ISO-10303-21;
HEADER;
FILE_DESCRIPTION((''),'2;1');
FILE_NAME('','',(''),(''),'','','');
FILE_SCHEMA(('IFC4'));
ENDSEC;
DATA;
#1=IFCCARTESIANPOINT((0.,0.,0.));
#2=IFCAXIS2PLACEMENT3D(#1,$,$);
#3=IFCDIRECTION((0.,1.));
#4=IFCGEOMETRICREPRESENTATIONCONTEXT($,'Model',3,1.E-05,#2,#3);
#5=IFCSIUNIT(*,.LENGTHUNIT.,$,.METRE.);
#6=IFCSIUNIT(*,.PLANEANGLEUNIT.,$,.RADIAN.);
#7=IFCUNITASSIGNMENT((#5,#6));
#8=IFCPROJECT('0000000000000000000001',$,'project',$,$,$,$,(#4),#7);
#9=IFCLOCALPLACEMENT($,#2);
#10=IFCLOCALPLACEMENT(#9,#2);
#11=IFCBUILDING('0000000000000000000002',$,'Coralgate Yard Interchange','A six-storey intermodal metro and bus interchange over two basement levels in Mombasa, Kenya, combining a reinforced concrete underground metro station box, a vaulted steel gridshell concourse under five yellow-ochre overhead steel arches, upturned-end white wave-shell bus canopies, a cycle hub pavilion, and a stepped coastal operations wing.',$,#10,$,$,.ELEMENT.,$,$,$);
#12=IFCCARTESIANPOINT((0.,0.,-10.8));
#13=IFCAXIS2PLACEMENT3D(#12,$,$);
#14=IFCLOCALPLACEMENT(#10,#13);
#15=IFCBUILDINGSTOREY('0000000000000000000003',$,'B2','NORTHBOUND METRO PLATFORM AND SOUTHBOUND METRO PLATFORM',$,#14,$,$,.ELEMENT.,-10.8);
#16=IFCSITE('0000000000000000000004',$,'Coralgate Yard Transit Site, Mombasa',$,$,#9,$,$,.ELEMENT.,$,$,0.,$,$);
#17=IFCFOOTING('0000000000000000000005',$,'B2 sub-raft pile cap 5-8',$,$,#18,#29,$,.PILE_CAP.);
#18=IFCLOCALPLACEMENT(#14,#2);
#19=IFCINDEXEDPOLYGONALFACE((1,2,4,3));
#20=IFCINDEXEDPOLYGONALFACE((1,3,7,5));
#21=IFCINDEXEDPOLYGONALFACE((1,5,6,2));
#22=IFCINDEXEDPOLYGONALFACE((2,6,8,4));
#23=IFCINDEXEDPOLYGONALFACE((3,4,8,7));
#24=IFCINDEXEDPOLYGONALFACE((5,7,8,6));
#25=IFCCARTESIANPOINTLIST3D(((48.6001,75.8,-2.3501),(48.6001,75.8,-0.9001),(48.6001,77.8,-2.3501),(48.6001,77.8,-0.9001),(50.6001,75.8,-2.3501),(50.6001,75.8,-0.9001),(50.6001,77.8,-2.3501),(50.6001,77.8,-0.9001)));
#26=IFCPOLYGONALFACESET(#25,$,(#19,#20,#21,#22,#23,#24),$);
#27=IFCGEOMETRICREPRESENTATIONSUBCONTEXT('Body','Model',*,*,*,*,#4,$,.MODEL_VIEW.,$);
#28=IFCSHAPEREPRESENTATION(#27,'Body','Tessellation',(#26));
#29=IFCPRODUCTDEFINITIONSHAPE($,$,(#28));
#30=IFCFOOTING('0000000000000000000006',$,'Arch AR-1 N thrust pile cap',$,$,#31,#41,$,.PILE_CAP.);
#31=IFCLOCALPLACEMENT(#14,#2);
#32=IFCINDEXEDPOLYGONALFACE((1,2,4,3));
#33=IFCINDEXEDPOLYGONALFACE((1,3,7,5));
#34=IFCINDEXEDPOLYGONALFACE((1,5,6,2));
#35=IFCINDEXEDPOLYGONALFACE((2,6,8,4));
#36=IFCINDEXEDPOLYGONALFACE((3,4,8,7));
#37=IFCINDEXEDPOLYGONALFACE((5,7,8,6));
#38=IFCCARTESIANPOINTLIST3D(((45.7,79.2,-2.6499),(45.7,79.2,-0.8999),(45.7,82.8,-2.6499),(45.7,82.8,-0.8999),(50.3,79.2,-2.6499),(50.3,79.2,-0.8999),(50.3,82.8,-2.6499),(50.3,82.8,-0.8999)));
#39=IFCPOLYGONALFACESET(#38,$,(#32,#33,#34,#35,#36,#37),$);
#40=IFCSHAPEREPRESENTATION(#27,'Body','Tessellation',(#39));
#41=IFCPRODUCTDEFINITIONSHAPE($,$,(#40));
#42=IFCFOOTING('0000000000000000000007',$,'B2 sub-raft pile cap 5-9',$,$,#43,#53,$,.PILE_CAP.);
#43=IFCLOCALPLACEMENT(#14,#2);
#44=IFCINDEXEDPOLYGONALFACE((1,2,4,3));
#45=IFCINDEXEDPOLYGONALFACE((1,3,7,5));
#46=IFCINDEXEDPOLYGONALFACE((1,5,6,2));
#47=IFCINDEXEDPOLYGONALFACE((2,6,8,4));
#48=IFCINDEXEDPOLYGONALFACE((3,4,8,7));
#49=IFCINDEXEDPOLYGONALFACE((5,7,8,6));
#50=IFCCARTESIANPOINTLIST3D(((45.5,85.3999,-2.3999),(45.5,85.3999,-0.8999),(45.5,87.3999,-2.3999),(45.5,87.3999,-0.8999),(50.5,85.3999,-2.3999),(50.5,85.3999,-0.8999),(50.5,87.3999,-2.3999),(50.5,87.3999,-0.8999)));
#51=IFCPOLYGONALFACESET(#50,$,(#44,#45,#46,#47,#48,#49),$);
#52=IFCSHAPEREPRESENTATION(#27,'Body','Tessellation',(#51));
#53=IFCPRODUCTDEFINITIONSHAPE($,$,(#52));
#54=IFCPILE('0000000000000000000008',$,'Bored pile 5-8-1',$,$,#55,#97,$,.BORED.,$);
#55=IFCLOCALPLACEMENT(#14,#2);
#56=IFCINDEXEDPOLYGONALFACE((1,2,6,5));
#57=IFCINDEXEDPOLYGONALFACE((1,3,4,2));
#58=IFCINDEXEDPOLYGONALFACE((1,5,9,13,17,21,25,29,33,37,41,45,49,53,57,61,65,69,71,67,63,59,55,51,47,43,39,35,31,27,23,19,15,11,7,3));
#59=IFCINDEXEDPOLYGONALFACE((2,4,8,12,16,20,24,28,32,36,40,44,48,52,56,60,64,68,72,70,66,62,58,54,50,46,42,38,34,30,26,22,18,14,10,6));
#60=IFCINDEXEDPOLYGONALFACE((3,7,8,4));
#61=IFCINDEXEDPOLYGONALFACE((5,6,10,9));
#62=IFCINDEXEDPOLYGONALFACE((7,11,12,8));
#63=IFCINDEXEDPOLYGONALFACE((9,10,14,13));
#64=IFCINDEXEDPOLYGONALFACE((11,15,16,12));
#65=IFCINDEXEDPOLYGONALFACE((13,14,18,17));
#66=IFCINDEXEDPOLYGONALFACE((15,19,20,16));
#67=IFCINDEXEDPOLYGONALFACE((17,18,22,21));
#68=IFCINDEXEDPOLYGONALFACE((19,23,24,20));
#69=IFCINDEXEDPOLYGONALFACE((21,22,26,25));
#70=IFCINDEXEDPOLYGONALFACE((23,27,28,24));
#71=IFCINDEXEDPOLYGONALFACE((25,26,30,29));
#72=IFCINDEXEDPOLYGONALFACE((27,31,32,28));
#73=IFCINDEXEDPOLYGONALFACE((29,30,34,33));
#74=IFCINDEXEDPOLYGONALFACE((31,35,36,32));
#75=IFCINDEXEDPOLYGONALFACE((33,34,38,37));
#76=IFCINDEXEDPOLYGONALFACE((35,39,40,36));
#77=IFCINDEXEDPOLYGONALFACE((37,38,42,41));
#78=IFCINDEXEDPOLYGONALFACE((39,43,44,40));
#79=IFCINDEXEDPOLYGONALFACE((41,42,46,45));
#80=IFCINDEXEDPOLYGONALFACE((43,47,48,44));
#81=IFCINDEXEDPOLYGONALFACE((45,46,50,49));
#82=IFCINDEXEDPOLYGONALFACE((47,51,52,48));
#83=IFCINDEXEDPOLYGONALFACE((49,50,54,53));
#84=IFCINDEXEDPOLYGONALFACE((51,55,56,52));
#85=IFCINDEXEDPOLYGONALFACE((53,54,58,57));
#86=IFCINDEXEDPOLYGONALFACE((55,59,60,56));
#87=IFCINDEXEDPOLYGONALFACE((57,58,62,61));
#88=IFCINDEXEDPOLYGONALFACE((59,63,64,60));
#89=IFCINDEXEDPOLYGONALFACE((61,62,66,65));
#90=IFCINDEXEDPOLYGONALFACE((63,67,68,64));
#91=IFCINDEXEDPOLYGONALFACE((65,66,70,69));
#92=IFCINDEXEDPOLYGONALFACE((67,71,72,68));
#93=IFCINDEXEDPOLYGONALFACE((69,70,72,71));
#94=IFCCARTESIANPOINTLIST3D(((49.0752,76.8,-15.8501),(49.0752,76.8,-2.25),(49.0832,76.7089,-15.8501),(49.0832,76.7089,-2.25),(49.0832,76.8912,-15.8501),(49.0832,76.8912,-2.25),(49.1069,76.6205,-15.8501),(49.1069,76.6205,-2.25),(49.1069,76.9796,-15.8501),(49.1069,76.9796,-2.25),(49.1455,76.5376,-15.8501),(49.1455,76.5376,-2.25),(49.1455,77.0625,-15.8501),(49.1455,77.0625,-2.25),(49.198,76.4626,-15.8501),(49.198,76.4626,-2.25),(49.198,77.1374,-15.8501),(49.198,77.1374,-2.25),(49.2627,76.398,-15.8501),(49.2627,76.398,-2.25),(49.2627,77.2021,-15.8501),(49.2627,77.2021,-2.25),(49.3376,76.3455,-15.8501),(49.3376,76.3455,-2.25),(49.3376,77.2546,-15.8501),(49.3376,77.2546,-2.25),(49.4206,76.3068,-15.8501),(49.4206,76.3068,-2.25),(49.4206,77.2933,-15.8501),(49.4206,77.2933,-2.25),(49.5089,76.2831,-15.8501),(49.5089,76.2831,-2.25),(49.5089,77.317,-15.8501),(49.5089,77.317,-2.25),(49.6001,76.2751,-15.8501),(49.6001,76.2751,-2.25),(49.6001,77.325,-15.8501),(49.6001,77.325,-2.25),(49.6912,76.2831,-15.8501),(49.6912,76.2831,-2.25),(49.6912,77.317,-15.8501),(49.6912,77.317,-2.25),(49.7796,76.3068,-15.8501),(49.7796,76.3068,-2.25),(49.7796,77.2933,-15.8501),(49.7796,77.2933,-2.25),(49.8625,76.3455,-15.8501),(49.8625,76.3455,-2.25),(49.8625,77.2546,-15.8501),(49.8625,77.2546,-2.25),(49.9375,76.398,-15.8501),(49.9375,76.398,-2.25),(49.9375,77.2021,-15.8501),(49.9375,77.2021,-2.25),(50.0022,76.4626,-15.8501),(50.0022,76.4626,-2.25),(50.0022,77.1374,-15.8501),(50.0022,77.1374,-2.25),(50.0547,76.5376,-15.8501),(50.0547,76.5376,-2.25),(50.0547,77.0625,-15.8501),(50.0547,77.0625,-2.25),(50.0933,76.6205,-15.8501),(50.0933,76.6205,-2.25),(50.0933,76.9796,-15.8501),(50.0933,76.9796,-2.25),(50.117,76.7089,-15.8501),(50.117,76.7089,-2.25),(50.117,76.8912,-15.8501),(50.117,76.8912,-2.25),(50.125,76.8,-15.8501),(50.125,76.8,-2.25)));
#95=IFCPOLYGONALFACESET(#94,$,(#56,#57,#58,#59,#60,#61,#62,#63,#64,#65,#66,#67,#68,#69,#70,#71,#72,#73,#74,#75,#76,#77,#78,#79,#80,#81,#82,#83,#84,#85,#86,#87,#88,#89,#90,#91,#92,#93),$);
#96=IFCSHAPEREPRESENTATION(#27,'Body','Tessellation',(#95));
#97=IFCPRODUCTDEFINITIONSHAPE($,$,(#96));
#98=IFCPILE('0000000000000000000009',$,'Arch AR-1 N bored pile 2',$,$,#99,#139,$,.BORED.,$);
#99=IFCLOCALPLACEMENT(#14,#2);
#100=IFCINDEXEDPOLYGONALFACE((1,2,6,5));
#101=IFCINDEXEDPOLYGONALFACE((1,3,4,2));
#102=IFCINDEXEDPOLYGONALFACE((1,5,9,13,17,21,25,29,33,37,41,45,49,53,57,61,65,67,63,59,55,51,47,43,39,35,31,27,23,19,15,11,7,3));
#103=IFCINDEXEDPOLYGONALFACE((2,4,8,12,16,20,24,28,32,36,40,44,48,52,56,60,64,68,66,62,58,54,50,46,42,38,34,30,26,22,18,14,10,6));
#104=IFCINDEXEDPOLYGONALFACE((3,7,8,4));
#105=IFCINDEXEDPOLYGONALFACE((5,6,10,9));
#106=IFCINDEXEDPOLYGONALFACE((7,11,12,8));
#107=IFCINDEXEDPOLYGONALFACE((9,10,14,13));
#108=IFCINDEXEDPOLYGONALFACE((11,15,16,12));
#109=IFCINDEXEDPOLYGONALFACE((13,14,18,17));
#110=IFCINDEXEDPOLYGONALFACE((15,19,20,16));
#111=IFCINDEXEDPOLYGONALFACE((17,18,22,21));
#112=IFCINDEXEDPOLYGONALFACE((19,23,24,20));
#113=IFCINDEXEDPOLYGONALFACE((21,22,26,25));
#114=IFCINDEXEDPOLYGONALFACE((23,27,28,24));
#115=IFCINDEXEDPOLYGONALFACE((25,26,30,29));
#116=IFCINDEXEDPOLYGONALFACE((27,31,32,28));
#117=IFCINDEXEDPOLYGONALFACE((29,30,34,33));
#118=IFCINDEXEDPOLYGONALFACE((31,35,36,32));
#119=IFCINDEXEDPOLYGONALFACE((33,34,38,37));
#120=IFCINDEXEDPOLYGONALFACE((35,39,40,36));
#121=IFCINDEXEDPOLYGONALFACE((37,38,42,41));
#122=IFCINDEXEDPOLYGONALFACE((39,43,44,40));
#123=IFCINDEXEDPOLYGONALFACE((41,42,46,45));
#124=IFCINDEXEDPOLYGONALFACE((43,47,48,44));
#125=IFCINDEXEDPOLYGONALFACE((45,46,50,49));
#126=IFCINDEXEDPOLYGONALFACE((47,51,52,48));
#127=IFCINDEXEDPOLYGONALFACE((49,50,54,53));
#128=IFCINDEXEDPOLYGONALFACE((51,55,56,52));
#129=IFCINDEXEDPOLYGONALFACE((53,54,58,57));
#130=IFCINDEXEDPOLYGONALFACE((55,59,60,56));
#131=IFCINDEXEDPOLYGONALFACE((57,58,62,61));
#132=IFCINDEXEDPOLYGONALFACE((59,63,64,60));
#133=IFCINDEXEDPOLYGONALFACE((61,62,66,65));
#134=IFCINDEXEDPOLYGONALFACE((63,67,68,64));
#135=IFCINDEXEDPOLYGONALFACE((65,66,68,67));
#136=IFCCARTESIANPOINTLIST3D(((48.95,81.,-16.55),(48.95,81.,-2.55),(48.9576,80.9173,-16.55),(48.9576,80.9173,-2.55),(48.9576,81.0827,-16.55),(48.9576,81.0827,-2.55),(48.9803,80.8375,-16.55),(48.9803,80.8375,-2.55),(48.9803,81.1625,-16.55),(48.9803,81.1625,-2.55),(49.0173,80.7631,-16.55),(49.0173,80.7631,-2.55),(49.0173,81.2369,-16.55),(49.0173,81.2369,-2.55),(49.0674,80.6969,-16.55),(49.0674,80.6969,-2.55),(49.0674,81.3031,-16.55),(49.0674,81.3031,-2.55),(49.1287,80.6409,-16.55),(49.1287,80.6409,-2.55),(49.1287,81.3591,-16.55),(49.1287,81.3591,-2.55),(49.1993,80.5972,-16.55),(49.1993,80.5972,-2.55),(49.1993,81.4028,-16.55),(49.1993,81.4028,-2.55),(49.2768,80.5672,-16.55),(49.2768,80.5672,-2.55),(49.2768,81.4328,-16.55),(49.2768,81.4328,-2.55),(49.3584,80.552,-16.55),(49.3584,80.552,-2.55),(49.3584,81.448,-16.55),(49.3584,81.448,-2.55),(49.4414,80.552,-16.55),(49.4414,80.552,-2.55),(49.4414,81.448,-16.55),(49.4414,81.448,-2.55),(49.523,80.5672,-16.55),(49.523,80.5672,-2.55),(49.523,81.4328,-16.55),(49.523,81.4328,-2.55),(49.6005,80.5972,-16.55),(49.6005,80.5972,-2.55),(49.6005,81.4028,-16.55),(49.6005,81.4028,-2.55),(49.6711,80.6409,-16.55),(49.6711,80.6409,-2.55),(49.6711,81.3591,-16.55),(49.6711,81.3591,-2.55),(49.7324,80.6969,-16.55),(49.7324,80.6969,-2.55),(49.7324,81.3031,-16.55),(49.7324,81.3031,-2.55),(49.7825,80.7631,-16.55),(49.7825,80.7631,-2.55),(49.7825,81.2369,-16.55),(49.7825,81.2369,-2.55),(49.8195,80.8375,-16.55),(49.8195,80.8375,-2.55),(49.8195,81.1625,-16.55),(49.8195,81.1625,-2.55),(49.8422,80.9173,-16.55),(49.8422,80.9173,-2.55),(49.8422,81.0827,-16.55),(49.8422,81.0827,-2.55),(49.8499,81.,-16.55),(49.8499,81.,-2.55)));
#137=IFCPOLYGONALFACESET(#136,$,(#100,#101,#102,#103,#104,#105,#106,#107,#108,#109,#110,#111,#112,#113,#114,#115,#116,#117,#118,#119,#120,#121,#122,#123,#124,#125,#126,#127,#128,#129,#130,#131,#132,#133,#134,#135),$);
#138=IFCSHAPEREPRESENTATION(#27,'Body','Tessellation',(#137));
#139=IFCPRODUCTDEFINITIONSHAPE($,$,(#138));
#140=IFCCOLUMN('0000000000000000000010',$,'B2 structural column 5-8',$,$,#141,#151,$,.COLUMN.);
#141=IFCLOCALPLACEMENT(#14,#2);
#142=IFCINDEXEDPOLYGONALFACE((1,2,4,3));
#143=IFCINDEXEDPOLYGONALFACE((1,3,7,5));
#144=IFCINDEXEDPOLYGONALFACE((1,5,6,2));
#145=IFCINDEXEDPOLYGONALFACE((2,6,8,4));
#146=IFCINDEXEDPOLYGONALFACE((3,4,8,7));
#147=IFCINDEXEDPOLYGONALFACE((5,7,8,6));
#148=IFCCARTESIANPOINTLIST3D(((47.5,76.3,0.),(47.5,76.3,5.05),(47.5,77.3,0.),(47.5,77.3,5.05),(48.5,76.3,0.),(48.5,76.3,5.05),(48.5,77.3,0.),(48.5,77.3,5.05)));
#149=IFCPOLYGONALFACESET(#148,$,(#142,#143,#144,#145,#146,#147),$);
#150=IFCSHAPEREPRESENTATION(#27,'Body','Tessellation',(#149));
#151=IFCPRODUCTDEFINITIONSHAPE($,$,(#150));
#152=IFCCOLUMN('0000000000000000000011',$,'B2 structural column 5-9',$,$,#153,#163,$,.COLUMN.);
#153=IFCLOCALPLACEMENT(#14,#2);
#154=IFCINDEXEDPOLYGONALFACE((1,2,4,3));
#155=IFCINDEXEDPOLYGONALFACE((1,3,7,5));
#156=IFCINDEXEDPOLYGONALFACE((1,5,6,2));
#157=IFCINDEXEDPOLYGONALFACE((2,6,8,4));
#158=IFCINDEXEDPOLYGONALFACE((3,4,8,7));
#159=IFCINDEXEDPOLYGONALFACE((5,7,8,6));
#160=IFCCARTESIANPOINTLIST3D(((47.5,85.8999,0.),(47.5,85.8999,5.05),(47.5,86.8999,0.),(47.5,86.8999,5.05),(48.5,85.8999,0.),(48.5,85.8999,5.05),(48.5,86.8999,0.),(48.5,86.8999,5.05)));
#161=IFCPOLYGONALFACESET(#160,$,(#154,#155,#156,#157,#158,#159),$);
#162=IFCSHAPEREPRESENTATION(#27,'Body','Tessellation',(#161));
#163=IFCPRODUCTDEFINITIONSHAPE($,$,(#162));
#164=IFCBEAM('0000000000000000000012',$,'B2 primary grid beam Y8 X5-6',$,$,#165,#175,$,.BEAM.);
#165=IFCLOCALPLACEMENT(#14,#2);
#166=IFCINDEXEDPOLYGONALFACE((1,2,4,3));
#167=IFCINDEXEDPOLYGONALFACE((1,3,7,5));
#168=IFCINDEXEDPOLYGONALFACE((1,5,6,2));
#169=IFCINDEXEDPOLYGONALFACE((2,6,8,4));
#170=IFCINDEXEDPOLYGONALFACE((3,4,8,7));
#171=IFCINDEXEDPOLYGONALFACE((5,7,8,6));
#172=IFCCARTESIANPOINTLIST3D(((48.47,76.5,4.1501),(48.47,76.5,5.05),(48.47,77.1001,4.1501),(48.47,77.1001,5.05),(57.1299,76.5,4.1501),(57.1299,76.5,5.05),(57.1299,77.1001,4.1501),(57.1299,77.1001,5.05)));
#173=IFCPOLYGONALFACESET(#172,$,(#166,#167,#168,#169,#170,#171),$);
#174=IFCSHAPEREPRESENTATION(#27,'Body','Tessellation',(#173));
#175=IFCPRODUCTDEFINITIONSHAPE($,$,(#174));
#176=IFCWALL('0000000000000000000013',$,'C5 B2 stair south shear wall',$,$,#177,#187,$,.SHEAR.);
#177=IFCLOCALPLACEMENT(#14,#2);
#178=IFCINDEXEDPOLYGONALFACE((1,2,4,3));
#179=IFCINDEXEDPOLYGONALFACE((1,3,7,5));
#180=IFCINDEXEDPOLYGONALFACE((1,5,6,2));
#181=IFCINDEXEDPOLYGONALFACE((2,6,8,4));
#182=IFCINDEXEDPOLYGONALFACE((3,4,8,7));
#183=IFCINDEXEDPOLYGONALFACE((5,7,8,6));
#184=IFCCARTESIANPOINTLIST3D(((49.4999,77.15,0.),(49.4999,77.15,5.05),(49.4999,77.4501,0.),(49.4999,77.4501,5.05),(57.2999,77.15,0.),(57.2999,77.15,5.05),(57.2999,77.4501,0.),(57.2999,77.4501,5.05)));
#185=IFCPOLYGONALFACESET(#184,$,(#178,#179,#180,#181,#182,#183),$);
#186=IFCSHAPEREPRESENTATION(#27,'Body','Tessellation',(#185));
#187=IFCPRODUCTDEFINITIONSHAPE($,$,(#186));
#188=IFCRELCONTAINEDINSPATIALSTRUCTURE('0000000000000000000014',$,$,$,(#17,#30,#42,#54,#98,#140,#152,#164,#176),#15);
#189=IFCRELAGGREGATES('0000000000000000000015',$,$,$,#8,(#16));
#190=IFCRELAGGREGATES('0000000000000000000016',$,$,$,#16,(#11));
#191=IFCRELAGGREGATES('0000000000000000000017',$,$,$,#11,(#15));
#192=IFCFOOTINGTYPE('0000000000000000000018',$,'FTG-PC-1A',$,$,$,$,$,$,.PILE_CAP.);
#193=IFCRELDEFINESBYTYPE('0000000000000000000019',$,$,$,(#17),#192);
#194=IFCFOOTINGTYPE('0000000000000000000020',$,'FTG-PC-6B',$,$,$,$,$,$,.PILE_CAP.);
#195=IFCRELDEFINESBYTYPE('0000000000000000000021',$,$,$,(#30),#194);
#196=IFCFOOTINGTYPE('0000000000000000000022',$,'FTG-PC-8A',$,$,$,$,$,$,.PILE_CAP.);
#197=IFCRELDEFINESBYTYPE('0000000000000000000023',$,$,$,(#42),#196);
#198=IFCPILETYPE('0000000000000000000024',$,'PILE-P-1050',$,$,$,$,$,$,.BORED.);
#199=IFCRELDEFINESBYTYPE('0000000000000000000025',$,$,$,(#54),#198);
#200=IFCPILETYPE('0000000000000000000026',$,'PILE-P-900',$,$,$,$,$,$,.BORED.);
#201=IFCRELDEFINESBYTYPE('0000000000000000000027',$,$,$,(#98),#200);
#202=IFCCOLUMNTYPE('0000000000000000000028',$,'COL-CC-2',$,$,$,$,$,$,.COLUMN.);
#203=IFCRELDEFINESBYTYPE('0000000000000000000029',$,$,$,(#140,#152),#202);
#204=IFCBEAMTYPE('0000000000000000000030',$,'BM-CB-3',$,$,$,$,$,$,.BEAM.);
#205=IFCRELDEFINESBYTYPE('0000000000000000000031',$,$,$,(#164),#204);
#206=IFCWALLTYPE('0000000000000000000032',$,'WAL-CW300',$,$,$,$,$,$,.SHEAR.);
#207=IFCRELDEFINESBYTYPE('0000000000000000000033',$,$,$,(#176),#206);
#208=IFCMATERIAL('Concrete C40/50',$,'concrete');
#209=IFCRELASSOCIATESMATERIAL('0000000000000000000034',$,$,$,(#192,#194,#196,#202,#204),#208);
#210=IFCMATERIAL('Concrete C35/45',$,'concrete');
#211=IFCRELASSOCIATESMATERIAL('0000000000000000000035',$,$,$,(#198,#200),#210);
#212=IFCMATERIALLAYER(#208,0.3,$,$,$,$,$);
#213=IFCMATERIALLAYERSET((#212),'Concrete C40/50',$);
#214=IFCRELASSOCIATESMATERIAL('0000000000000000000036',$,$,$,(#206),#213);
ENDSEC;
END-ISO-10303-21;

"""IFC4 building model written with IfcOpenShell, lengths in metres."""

from ifc_helpers import new_model, si_unit, direction, frame, frame_2d, origin, origin_2d, place, context, subcontext, project, spatial, rectangle, circle, extrude, material, layer, layer_set, material_profile, profile_set, type_object, element, save


model = new_model("IFC4")

# Units and contexts
model_context = context("Model", 3, precision=1e-05, world=origin(), true_north=direction((0.0, 1.0)))
body_context = subcontext(model_context, "Body", "Model", "MODEL_VIEW")
ifc_project = project(units=[si_unit("LENGTHUNIT", "METRE"), si_unit("PLANEANGLEUNIT", "RADIAN")], contexts=[model_context])

# Site, building, storey
site_placement = place(None, origin())
site = spatial("IfcSite", under=ifc_project, at=site_placement, Name="Coralgate Yard Transit Site, Mombasa", CompositionType="ELEMENT", RefElevation=0.0)
building_placement = place(site_placement, origin())
building = spatial("IfcBuilding", under=site, at=building_placement, Name="Coralgate Yard Interchange", Description="A six-storey intermodal metro and bus interchange over two basement levels in Mombasa, Kenya, combining a reinforced concrete underground metro station box, a vaulted steel gridshell concourse under five yellow-ochre overhead steel arches, upturned-end white wave-shell bus canopies, a cycle hub pavilion, and a stepped coastal operations wing.", CompositionType="ELEMENT")
storey_placement = place(building_placement, frame((0.0, 0.0, -10.8)))
storey = spatial("IfcBuildingStorey", under=building, at=storey_placement, Name="B2", Description="NORTHBOUND METRO PLATFORM AND SOUTHBOUND METRO PLATFORM", CompositionType="ELEMENT", Elevation=-10.8)

# Footings
ifc_material_1 = material(Name="Concrete C40/50", Category="concrete")
footing_type_1 = type_object("IfcFootingType", Name="FTG-PC-1A", PredefinedType="PILE_CAP", material=ifc_material_1)
footing_1_placement = place(storey_placement, frame((49.6001, 76.8, -2.3501), z_axis=(0.0, 0.0, 1.0), x_axis=(1.0, 0.0, 0.0)))
element("IfcFooting", 1, at=footing_1_placement, inside=storey, type_object=footing_type_1, Name="B2 sub-raft pile cap 5-8", PredefinedType="PILE_CAP", context=body_context, shape_type="SweptSolid", body=[
    extrude(rectangle(XDim=2.0, YDim=2.0, at=origin_2d()), origin(), (0.0, 0.0, 1.0), 1.45),
])
footing_type_2 = type_object("IfcFootingType", Name="FTG-PC-6B", PredefinedType="PILE_CAP", material=ifc_material_1)
footing_2_placement = place(storey_placement, frame((48.0, 81.0, -2.6499), z_axis=(0.0, 0.0, 1.0), x_axis=(1.0, 0.0, 0.0)))
element("IfcFooting", 2, at=footing_2_placement, inside=storey, type_object=footing_type_2, Name="Arch AR-1 N thrust pile cap", PredefinedType="PILE_CAP", context=body_context, shape_type="SweptSolid", body=[
    extrude(rectangle(XDim=4.6001, YDim=3.6001, at=origin_2d()), origin(), (0.0, 0.0, 1.0), 1.75),
])
footing_type_3 = type_object("IfcFootingType", Name="FTG-PC-8A", PredefinedType="PILE_CAP", material=ifc_material_1)
footing_3_placement = place(storey_placement, frame((48.0, 86.3999, -2.3999), z_axis=(0.0, 0.0, 1.0), x_axis=(1.0, 0.0, 0.0)))
element("IfcFooting", 3, at=footing_3_placement, inside=storey, type_object=footing_type_3, Name="B2 sub-raft pile cap 5-9", PredefinedType="PILE_CAP", context=body_context, shape_type="SweptSolid", body=[
    extrude(rectangle(XDim=5.0, YDim=2.0, at=origin_2d()), origin(), (0.0, 0.0, 1.0), 1.5),
])

# Piles
ifc_material_2 = material(Name="Concrete C35/45", Category="concrete")
ifc_material_profile_1 = material_profile(ifc_material_2, circle(Radius=0.5249, at=origin_2d()), Name="BORED PILE D1050")
ifc_profile_set_1 = profile_set([ifc_material_profile_1], Name="Concrete C35/45")
pile_type_1 = type_object("IfcPileType", Name="PILE-P-1050", PredefinedType="BORED", material=ifc_profile_set_1)
pile_1_placement = place(storey_placement, frame((49.6001, 76.8, -2.25), z_axis=(0.0, 0.0, -1.0), x_axis=(1.0, 0.0, 0.0)))
element("IfcPile", 4, at=pile_1_placement, inside=storey, type_object=pile_type_1, Name="Bored pile 5-8-1", PredefinedType="BORED", context=body_context, shape_type="SweptSolid", body=[
    extrude(circle(Radius=0.5249, at=origin_2d()), origin(), (0.0, 0.0, 1.0), 13.6001),
])
ifc_material_profile_2 = material_profile(ifc_material_2, circle(Radius=0.45, at=origin_2d()), Name="BORED PILE D900")
ifc_profile_set_2 = profile_set([ifc_material_profile_2], Name="Concrete C35/45")
pile_type_2 = type_object("IfcPileType", Name="PILE-P-900", PredefinedType="BORED", material=ifc_profile_set_2)
pile_2_placement = place(storey_placement, frame((49.3999, 81.0, -2.55), z_axis=(0.0, 0.0, -1.0), x_axis=(1.0, 0.0, 0.0)))
element("IfcPile", 5, at=pile_2_placement, inside=storey, type_object=pile_type_2, Name="Arch AR-1 N bored pile 2", PredefinedType="BORED", context=body_context, shape_type="SweptSolid", body=[
    extrude(circle(Radius=0.45, at=origin_2d()), origin(), (0.0, 0.0, 1.0), 14.0),
])

# Columns
ifc_material_profile_3 = material_profile(ifc_material_1, rectangle(XDim=1.0, YDim=1.0, at=origin_2d()), Name="RC 1000x1000")
ifc_profile_set_3 = profile_set([ifc_material_profile_3], Name="Concrete C40/50")
column_type = type_object("IfcColumnType", Name="COL-CC-2", PredefinedType="COLUMN", material=ifc_profile_set_3)
for number, where, z_axis, x_axis, name in (
    (6, (48.0, 76.8, 0.0), (0.0, 0.0, 1.0), (1.0, 0.0, 0.0), "B2 structural column 5-8"),
    (7, (48.0, 86.3999, 0.0), (0.0, 0.0, 1.0), (1.0, 0.0, 0.0), "B2 structural column 5-9"),
):
    element("IfcColumn", number, at=place(storey_placement, frame(where, z_axis=z_axis, x_axis=x_axis)), inside=storey, type_object=column_type, Name=name, PredefinedType="COLUMN", context=body_context, shape_type="SweptSolid", body=[
        extrude(rectangle(XDim=1.0, YDim=1.0, at=origin_2d()), origin(), (0.0, 0.0, 1.0), 5.05),
    ])

# Beam
ifc_material_profile_4 = material_profile(ifc_material_1, rectangle(XDim=0.6001, YDim=0.8999, at=origin_2d()), Name="RC 600x900")
ifc_profile_set_4 = profile_set([ifc_material_profile_4], Name="Concrete C40/50")
beam_type = type_object("IfcBeamType", Name="BM-CB-3", PredefinedType="BEAM", material=ifc_profile_set_4)
beam_placement = place(storey_placement, frame((48.47, 76.8, 4.6001), z_axis=(1.0, 0.0, 0.0), x_axis=(0.0, 1.0, 0.0)))
element("IfcBeam", 8, at=beam_placement, inside=storey, type_object=beam_type, Name="B2 primary grid beam Y8 X5-6", PredefinedType="BEAM", context=body_context, shape_type="SweptSolid", body=[
    extrude(rectangle(XDim=0.6001, YDim=0.8999, at=origin_2d()), origin(), (0.0, 0.0, 1.0), 8.6599),
])

# Wall
ifc_layer_1 = layer(ifc_material_1, 0.3)
ifc_layer_set_1 = layer_set([ifc_layer_1], Name="Concrete C40/50")
wall_type_1 = type_object("IfcWallType", Name="WAL-CW300", PredefinedType="SHEAR", material=ifc_layer_set_1)
wall_1_placement = place(storey_placement, frame((49.5, 77.3, 0.0), z_axis=(0.0, 0.0, 1.0), x_axis=(1.0, 0.0, 0.0)))
element("IfcWall", 9, at=wall_1_placement, inside=storey, type_object=wall_type_1, Name="C5 B2 stair south shear wall", PredefinedType="SHEAR", context=body_context, shape_type="SweptSolid", body=[
    extrude(rectangle(XDim=7.8, YDim=0.3, at=frame_2d((3.8999, 0.0))), origin(), (0.0, 0.0, 1.0), 5.05),
])

save(model, "model.ifc")
